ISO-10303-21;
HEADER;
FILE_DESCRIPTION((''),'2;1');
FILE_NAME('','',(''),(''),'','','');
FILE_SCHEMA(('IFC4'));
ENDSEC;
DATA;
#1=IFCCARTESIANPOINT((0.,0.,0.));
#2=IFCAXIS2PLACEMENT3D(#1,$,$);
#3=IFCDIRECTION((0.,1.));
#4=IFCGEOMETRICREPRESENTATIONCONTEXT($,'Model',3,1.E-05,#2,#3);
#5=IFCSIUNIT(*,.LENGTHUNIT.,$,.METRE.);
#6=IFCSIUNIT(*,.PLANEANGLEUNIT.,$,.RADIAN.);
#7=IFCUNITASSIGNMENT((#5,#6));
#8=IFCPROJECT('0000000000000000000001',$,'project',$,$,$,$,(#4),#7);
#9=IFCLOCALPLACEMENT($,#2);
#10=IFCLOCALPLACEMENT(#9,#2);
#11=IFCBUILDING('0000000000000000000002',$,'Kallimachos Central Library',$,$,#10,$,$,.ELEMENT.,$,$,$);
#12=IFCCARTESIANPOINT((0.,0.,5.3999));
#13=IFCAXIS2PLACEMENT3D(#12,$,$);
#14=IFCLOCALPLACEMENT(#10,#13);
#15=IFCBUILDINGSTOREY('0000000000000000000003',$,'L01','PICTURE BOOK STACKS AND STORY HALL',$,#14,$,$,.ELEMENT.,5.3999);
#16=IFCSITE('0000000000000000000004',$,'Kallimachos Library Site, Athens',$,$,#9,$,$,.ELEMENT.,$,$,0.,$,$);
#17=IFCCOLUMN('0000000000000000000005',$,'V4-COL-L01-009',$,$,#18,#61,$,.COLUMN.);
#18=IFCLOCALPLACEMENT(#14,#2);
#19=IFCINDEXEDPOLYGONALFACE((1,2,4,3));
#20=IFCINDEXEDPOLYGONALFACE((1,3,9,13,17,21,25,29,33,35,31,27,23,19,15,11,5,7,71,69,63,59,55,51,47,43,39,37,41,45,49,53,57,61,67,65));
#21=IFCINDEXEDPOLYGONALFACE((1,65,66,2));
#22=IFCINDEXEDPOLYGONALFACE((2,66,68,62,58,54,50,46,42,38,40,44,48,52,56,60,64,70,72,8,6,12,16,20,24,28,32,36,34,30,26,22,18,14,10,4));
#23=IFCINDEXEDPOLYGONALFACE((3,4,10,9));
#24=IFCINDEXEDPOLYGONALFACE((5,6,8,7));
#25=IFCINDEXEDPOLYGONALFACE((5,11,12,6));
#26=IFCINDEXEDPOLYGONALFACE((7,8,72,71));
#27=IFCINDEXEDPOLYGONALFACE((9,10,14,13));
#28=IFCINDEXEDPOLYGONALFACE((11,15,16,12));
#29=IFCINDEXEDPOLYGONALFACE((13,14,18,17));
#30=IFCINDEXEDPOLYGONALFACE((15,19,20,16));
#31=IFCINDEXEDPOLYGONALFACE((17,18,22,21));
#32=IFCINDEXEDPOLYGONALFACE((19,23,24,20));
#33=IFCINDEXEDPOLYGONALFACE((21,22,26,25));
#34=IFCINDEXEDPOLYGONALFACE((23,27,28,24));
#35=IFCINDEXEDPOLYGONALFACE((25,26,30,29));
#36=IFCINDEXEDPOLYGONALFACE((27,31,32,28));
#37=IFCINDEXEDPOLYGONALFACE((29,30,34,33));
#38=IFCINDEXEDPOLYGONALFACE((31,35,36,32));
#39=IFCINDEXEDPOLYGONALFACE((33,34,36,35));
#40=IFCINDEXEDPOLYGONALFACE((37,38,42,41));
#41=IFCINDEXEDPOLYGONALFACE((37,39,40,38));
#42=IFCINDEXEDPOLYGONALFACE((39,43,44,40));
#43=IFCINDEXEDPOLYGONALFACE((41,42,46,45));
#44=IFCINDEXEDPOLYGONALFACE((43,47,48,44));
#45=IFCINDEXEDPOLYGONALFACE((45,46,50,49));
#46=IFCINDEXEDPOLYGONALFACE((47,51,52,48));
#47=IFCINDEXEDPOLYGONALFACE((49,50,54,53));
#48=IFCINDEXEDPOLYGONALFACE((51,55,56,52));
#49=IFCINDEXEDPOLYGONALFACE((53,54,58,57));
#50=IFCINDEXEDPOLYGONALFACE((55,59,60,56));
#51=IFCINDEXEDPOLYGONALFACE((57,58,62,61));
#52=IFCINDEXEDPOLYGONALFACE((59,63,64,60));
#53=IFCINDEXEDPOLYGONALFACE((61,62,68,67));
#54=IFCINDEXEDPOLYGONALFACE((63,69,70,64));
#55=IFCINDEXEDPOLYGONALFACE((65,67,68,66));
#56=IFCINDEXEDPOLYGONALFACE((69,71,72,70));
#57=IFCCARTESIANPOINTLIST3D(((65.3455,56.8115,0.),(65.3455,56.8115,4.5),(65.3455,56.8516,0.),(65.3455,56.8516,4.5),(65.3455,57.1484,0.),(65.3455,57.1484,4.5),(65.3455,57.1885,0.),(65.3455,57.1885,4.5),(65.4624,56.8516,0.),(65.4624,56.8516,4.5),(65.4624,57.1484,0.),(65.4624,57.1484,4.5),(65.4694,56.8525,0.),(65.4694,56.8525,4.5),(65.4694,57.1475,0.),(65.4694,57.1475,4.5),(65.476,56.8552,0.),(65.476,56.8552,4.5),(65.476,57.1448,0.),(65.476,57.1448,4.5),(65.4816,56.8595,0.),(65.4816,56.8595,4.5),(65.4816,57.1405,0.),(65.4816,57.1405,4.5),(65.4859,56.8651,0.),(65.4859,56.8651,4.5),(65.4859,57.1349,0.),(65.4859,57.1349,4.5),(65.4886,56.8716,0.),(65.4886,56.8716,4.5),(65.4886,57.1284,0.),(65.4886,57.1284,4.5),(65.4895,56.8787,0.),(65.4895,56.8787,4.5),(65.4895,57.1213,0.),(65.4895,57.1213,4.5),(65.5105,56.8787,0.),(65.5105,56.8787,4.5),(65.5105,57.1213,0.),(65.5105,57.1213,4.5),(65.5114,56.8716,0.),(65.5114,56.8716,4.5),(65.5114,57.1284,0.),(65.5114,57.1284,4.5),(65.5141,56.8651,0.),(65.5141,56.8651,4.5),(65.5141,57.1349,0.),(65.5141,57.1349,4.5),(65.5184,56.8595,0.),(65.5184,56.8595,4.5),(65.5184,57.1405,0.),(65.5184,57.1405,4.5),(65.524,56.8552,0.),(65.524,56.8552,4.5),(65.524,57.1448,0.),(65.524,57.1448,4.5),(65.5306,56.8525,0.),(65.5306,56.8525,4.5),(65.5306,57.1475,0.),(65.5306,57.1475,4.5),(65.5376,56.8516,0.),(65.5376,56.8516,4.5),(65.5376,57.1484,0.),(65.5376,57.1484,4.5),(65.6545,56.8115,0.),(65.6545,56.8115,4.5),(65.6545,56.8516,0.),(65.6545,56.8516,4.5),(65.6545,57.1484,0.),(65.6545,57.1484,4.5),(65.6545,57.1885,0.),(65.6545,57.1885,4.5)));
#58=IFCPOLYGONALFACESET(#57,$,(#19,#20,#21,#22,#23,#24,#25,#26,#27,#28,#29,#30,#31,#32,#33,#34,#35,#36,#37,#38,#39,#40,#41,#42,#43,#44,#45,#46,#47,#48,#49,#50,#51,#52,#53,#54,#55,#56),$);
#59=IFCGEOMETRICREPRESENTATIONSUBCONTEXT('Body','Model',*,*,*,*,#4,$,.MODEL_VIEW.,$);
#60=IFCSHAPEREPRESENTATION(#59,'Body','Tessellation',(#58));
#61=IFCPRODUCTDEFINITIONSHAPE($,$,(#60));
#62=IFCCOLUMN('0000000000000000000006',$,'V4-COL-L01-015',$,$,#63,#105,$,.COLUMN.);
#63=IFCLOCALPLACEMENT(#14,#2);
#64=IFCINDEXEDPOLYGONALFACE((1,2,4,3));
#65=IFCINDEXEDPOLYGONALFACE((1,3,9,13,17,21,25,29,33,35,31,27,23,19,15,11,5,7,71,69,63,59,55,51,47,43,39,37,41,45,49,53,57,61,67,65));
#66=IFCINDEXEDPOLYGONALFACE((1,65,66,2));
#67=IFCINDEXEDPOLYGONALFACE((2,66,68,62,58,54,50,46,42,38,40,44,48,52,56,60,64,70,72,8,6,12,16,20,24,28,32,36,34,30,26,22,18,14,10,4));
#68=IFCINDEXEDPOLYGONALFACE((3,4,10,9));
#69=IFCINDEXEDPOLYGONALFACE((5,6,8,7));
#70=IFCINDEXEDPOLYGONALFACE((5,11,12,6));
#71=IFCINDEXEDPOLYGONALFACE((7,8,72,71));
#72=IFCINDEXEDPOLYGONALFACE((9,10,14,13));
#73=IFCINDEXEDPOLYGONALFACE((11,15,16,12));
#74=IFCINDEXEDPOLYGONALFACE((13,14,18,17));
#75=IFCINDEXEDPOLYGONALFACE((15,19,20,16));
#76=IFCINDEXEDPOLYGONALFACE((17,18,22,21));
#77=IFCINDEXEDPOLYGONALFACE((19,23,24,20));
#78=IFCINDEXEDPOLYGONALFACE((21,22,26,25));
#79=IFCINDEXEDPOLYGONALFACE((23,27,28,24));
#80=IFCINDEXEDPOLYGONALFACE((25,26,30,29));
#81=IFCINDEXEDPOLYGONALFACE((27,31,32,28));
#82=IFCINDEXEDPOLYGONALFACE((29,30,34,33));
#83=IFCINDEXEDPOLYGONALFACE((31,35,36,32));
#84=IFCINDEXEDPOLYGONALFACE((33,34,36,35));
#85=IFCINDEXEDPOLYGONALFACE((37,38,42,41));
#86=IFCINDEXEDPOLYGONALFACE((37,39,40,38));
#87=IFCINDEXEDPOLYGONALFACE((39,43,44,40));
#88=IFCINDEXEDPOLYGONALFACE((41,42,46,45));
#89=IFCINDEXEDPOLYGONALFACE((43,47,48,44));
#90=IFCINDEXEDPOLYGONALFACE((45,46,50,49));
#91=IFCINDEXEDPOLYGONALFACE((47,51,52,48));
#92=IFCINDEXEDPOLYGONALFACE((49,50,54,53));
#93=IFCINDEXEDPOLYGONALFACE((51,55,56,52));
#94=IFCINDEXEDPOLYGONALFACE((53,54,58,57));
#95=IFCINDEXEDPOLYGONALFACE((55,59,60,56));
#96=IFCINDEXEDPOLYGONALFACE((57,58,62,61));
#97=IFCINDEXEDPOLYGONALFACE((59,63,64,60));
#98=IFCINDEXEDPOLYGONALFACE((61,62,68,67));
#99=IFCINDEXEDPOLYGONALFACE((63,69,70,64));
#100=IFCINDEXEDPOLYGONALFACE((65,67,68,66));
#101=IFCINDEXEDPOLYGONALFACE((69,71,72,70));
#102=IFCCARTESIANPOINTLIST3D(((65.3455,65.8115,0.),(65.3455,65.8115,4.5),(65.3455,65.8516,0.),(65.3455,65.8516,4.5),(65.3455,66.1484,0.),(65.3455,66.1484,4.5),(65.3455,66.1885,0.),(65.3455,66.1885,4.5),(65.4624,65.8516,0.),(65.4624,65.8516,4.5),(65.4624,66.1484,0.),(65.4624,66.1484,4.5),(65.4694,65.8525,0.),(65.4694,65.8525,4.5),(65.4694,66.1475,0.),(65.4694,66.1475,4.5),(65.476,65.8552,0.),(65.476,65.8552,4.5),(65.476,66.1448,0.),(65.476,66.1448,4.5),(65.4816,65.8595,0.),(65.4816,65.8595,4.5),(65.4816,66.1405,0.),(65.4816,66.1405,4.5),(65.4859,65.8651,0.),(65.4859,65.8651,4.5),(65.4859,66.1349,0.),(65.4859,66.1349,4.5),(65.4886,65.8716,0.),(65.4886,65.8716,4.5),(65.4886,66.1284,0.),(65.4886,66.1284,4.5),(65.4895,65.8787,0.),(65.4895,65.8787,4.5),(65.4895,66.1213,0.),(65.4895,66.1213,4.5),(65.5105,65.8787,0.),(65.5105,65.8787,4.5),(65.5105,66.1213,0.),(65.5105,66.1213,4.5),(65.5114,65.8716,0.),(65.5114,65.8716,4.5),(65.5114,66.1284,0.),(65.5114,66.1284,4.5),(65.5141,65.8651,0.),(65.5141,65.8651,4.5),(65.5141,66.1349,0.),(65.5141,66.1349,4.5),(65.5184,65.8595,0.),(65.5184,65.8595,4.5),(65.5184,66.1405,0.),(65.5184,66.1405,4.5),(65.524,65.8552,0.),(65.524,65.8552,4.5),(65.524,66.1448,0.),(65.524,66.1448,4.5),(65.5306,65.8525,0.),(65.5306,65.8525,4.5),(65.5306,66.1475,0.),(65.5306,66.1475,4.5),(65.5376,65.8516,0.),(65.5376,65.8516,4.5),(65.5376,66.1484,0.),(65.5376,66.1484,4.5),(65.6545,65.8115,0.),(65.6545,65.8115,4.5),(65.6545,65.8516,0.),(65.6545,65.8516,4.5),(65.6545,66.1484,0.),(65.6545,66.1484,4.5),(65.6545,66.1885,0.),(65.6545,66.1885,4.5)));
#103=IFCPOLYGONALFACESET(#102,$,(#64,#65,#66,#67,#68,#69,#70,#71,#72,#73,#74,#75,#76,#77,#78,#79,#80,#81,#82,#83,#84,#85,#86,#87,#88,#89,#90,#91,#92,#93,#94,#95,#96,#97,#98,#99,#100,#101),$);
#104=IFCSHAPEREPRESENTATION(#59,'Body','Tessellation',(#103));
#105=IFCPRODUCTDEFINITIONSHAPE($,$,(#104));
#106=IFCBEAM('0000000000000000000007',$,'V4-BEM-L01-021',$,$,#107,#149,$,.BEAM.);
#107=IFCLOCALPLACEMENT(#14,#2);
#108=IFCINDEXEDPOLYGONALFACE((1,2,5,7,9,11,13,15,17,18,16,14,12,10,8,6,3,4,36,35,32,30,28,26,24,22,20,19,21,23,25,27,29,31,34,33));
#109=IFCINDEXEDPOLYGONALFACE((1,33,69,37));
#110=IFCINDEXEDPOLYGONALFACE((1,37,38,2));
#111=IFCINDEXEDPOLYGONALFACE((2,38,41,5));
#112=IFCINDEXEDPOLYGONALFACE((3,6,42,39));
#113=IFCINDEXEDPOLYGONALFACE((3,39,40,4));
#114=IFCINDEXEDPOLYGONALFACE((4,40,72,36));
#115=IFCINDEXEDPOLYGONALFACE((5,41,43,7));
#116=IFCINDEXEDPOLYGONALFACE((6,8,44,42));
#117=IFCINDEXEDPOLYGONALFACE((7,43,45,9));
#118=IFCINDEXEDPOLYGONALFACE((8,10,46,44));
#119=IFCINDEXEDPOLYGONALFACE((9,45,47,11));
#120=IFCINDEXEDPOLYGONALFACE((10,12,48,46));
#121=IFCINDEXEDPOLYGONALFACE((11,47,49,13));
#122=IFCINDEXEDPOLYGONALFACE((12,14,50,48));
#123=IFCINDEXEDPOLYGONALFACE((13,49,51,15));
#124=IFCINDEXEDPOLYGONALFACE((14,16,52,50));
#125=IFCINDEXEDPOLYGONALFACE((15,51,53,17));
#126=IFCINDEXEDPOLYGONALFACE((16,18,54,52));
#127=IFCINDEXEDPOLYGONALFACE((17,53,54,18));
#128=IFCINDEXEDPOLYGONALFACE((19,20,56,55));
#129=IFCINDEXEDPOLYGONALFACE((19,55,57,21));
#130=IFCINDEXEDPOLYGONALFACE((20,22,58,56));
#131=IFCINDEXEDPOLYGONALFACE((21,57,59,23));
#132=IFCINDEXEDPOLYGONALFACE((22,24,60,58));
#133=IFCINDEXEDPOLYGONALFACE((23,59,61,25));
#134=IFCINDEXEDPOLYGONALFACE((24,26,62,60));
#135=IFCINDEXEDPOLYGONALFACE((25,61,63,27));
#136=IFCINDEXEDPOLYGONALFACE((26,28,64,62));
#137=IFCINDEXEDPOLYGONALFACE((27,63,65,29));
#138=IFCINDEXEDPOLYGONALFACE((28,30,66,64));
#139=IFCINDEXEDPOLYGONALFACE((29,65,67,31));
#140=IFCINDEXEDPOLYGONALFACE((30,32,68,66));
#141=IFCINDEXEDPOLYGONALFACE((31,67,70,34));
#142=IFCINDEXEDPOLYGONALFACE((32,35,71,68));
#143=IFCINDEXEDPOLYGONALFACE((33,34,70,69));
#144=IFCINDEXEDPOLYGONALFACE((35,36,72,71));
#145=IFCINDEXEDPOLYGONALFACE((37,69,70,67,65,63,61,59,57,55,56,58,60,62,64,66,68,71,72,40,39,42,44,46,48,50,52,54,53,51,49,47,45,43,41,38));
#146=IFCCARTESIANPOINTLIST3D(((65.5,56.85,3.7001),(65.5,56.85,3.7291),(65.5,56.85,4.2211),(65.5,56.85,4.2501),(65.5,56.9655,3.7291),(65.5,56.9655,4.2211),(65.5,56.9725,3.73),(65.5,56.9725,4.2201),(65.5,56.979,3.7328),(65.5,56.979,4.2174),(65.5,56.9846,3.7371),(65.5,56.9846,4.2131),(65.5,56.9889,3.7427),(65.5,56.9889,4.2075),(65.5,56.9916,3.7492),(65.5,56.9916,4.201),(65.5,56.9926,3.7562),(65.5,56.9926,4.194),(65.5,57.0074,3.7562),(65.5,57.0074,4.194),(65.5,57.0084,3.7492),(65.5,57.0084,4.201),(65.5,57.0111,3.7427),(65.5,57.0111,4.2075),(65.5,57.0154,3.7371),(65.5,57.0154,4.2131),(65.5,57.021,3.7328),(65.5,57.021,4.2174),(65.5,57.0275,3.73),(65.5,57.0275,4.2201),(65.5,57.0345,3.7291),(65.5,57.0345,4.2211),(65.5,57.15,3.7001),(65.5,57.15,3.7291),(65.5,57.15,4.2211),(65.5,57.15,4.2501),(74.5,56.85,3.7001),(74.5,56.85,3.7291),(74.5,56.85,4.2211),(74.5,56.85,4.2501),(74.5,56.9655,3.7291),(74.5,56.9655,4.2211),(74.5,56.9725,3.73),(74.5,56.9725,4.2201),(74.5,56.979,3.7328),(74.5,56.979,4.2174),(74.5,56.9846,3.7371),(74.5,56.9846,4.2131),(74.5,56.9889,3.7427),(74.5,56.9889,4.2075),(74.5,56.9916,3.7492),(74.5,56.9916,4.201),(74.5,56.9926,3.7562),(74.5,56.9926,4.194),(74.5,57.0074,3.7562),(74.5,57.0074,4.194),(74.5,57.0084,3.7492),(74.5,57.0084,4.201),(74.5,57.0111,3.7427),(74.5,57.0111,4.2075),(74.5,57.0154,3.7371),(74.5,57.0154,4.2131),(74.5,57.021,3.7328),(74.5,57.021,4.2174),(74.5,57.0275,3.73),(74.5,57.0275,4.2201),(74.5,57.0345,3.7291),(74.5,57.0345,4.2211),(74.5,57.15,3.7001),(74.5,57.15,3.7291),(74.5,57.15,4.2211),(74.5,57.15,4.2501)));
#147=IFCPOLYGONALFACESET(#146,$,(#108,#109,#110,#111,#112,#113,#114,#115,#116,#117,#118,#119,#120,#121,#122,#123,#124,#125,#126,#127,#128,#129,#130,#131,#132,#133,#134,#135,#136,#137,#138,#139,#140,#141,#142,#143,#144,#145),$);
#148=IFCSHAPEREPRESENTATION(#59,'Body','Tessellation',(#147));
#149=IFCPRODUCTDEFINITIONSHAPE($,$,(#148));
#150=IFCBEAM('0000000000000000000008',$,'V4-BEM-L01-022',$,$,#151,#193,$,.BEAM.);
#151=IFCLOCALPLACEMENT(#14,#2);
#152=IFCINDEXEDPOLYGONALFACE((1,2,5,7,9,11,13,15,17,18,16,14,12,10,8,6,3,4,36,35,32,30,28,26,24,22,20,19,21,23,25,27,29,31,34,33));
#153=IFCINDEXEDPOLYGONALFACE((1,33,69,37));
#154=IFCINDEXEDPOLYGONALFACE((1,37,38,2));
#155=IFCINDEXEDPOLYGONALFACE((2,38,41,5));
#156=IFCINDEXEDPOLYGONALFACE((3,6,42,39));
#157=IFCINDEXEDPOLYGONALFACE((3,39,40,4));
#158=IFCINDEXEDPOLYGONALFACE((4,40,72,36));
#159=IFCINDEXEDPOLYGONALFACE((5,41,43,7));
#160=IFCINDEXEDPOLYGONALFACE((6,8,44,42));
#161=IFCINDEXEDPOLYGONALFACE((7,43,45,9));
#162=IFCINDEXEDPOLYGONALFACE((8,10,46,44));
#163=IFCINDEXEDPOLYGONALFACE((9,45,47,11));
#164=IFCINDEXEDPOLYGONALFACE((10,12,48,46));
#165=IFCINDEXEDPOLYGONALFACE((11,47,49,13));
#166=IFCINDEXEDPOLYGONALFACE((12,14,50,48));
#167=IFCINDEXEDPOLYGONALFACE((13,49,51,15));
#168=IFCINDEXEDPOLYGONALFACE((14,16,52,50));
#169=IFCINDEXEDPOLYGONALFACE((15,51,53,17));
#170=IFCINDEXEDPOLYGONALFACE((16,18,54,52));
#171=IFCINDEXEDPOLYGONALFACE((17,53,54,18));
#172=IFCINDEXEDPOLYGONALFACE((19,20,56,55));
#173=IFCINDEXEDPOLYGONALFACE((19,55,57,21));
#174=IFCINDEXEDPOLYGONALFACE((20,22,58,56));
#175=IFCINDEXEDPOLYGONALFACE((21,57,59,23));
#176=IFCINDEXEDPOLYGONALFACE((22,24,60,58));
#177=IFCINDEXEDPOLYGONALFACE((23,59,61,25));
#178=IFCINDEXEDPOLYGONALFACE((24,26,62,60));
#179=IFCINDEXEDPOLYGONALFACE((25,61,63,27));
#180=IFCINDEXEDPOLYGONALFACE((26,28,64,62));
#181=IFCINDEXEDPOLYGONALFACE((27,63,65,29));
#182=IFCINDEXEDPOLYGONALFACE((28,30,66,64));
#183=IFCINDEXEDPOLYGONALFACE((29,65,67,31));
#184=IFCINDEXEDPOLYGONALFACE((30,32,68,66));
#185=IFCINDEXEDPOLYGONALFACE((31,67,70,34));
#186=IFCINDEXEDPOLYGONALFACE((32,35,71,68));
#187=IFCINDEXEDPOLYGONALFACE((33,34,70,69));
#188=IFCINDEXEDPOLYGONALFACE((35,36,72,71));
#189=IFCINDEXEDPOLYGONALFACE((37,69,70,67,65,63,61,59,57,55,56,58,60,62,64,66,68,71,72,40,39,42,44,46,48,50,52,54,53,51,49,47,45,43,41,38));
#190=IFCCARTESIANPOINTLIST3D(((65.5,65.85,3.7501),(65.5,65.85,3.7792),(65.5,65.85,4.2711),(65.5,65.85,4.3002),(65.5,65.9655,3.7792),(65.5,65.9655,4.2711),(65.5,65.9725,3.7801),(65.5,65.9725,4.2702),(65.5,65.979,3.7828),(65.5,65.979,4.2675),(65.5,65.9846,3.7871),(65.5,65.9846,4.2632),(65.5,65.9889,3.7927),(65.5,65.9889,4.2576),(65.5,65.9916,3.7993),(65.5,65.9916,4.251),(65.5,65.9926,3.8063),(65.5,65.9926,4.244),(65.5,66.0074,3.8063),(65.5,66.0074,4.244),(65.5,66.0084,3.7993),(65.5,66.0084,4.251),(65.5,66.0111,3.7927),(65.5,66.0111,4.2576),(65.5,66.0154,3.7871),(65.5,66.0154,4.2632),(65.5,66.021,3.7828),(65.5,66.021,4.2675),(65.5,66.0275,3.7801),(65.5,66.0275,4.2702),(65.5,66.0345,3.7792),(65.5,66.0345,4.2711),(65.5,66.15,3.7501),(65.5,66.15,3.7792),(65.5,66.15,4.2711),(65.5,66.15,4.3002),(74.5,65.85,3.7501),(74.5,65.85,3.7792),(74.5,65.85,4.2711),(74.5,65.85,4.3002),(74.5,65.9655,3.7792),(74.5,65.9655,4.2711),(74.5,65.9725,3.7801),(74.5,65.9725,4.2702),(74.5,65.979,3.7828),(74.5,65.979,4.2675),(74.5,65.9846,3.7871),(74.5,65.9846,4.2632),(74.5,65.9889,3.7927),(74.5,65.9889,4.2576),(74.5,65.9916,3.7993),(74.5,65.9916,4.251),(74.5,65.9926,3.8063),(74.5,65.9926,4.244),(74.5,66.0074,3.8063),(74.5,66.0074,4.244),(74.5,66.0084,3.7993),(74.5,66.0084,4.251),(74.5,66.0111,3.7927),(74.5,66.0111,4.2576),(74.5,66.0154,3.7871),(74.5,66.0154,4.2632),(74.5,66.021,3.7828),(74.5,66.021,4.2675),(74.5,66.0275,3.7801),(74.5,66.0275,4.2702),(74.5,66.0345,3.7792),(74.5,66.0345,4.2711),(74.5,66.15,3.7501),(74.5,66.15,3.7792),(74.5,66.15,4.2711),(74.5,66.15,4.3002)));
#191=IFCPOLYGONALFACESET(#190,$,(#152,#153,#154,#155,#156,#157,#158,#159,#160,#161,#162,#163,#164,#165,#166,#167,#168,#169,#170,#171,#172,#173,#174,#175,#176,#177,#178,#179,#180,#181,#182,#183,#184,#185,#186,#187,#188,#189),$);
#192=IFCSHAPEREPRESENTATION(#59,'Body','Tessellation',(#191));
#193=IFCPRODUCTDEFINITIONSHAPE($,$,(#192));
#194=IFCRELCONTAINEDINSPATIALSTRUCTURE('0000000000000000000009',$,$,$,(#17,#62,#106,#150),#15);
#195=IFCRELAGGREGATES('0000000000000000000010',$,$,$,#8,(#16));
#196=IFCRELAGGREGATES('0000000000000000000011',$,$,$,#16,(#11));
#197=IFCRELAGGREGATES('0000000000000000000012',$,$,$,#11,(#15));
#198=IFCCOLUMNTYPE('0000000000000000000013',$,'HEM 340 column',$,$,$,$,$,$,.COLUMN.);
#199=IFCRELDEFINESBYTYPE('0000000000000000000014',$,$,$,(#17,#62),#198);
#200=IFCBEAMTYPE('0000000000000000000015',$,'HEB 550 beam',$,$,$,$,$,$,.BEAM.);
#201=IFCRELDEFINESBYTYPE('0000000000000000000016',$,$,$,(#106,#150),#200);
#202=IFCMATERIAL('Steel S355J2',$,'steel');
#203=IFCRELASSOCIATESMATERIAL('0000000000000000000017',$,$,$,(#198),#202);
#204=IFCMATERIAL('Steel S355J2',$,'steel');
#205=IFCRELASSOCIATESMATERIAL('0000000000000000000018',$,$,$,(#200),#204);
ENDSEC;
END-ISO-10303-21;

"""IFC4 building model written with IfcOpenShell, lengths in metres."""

from ifc_helpers import new_model, si_unit, direction, frame, origin, origin_2d, place, context, subcontext, project, spatial, i_section, extrude, material, material_profile, profile_set, type_object, element, save


model = new_model("IFC4")

# Units and contexts
model_context = context("Model", 3, precision=1e-05, world=origin(), true_north=direction((0.0, 1.0)))
body_context = subcontext(model_context, "Body", "Model", "MODEL_VIEW")
ifc_project = project(units=[si_unit("LENGTHUNIT", "METRE"), si_unit("PLANEANGLEUNIT", "RADIAN")], contexts=[model_context])

# Site, building, storey
site_placement = place(None, origin())
site = spatial("IfcSite", under=ifc_project, at=site_placement, Name="Kallimachos Library Site, Athens", CompositionType="ELEMENT", RefElevation=0.0)
building_placement = place(site_placement, origin())
building = spatial("IfcBuilding", under=site, at=building_placement, Name="Kallimachos Central Library", CompositionType="ELEMENT")
storey_placement = place(building_placement, frame((0.0, 0.0, 5.3999)))
storey = spatial("IfcBuildingStorey", under=building, at=storey_placement, Name="L01", Description="PICTURE BOOK STACKS AND STORY HALL", CompositionType="ELEMENT", Elevation=5.3999)

# Columns
ifc_material_1 = material(Name="Steel S355J2", Category="steel")
ifc_material_profile_1 = material_profile(ifc_material_1, i_section(OverallWidth=0.3091, OverallDepth=0.377, WebThickness=0.021, FlangeThickness=0.04, FilletRadius=0.0271, at=origin_2d()), Name="HEM 340")
ifc_profile_set_1 = profile_set([ifc_material_profile_1], Name="Steel S355J2")
column_type = type_object("IfcColumnType", Name="HEM 340 column", PredefinedType="COLUMN", material=ifc_profile_set_1)
for number, where, z_axis, x_axis, name in (
    (1, (65.5, 57.0, 0.0), (0.0, 0.0, 1.0), (1.0, 0.0, 0.0), "V4-COL-L01-009"),
    (2, (65.5, 66.0, 0.0), (0.0, 0.0, 1.0), (1.0, 0.0, 0.0), "V4-COL-L01-015"),
):
    element("IfcColumn", number, at=place(storey_placement, frame(where, z_axis=z_axis, x_axis=x_axis)), inside=storey, type_object=column_type, Name=name, PredefinedType="COLUMN", context=body_context, shape_type="SweptSolid", body=[
        extrude(i_section(OverallWidth=0.3091, OverallDepth=0.377, WebThickness=0.021, FlangeThickness=0.04, FilletRadius=0.0271, at=origin_2d()), origin(), (0.0, 0.0, 1.0), 4.5),
    ])

# Beams
ifc_material_2 = material(Name="Steel S355J2", Category="steel")
ifc_material_profile_2 = material_profile(ifc_material_2, i_section(OverallWidth=0.3, OverallDepth=0.55, WebThickness=0.0149, FlangeThickness=0.0291, FilletRadius=0.0271, at=origin_2d()), Name="HEB 550")
ifc_profile_set_2 = profile_set([ifc_material_profile_2], Name="Steel S355J2")
beam_type_1 = type_object("IfcBeamType", Name="HEB 550 beam", PredefinedType="BEAM", material=ifc_profile_set_2)
for number, where, z_axis, x_axis, name in (
    (3, (65.5, 57.0, 3.9751), (1.0, 0.0, 0.0), (0.0, 1.0, 0.0), "V4-BEM-L01-021"),
    (4, (65.5, 66.0, 4.0251), (1.0, 0.0, 0.0), (0.0, 1.0, 0.0), "V4-BEM-L01-022"),
):
    element("IfcBeam", number, at=place(storey_placement, frame(where, z_axis=z_axis, x_axis=x_axis)), inside=storey, type_object=beam_type_1, Name=name, PredefinedType="BEAM", context=body_context, shape_type="SweptSolid", body=[
        extrude(i_section(OverallWidth=0.3, OverallDepth=0.55, WebThickness=0.0149, FlangeThickness=0.0291, FilletRadius=0.0271, at=origin_2d()), origin(), (0.0, 0.0, 1.0), 9.0),
    ])

save(model, "model.ifc")
